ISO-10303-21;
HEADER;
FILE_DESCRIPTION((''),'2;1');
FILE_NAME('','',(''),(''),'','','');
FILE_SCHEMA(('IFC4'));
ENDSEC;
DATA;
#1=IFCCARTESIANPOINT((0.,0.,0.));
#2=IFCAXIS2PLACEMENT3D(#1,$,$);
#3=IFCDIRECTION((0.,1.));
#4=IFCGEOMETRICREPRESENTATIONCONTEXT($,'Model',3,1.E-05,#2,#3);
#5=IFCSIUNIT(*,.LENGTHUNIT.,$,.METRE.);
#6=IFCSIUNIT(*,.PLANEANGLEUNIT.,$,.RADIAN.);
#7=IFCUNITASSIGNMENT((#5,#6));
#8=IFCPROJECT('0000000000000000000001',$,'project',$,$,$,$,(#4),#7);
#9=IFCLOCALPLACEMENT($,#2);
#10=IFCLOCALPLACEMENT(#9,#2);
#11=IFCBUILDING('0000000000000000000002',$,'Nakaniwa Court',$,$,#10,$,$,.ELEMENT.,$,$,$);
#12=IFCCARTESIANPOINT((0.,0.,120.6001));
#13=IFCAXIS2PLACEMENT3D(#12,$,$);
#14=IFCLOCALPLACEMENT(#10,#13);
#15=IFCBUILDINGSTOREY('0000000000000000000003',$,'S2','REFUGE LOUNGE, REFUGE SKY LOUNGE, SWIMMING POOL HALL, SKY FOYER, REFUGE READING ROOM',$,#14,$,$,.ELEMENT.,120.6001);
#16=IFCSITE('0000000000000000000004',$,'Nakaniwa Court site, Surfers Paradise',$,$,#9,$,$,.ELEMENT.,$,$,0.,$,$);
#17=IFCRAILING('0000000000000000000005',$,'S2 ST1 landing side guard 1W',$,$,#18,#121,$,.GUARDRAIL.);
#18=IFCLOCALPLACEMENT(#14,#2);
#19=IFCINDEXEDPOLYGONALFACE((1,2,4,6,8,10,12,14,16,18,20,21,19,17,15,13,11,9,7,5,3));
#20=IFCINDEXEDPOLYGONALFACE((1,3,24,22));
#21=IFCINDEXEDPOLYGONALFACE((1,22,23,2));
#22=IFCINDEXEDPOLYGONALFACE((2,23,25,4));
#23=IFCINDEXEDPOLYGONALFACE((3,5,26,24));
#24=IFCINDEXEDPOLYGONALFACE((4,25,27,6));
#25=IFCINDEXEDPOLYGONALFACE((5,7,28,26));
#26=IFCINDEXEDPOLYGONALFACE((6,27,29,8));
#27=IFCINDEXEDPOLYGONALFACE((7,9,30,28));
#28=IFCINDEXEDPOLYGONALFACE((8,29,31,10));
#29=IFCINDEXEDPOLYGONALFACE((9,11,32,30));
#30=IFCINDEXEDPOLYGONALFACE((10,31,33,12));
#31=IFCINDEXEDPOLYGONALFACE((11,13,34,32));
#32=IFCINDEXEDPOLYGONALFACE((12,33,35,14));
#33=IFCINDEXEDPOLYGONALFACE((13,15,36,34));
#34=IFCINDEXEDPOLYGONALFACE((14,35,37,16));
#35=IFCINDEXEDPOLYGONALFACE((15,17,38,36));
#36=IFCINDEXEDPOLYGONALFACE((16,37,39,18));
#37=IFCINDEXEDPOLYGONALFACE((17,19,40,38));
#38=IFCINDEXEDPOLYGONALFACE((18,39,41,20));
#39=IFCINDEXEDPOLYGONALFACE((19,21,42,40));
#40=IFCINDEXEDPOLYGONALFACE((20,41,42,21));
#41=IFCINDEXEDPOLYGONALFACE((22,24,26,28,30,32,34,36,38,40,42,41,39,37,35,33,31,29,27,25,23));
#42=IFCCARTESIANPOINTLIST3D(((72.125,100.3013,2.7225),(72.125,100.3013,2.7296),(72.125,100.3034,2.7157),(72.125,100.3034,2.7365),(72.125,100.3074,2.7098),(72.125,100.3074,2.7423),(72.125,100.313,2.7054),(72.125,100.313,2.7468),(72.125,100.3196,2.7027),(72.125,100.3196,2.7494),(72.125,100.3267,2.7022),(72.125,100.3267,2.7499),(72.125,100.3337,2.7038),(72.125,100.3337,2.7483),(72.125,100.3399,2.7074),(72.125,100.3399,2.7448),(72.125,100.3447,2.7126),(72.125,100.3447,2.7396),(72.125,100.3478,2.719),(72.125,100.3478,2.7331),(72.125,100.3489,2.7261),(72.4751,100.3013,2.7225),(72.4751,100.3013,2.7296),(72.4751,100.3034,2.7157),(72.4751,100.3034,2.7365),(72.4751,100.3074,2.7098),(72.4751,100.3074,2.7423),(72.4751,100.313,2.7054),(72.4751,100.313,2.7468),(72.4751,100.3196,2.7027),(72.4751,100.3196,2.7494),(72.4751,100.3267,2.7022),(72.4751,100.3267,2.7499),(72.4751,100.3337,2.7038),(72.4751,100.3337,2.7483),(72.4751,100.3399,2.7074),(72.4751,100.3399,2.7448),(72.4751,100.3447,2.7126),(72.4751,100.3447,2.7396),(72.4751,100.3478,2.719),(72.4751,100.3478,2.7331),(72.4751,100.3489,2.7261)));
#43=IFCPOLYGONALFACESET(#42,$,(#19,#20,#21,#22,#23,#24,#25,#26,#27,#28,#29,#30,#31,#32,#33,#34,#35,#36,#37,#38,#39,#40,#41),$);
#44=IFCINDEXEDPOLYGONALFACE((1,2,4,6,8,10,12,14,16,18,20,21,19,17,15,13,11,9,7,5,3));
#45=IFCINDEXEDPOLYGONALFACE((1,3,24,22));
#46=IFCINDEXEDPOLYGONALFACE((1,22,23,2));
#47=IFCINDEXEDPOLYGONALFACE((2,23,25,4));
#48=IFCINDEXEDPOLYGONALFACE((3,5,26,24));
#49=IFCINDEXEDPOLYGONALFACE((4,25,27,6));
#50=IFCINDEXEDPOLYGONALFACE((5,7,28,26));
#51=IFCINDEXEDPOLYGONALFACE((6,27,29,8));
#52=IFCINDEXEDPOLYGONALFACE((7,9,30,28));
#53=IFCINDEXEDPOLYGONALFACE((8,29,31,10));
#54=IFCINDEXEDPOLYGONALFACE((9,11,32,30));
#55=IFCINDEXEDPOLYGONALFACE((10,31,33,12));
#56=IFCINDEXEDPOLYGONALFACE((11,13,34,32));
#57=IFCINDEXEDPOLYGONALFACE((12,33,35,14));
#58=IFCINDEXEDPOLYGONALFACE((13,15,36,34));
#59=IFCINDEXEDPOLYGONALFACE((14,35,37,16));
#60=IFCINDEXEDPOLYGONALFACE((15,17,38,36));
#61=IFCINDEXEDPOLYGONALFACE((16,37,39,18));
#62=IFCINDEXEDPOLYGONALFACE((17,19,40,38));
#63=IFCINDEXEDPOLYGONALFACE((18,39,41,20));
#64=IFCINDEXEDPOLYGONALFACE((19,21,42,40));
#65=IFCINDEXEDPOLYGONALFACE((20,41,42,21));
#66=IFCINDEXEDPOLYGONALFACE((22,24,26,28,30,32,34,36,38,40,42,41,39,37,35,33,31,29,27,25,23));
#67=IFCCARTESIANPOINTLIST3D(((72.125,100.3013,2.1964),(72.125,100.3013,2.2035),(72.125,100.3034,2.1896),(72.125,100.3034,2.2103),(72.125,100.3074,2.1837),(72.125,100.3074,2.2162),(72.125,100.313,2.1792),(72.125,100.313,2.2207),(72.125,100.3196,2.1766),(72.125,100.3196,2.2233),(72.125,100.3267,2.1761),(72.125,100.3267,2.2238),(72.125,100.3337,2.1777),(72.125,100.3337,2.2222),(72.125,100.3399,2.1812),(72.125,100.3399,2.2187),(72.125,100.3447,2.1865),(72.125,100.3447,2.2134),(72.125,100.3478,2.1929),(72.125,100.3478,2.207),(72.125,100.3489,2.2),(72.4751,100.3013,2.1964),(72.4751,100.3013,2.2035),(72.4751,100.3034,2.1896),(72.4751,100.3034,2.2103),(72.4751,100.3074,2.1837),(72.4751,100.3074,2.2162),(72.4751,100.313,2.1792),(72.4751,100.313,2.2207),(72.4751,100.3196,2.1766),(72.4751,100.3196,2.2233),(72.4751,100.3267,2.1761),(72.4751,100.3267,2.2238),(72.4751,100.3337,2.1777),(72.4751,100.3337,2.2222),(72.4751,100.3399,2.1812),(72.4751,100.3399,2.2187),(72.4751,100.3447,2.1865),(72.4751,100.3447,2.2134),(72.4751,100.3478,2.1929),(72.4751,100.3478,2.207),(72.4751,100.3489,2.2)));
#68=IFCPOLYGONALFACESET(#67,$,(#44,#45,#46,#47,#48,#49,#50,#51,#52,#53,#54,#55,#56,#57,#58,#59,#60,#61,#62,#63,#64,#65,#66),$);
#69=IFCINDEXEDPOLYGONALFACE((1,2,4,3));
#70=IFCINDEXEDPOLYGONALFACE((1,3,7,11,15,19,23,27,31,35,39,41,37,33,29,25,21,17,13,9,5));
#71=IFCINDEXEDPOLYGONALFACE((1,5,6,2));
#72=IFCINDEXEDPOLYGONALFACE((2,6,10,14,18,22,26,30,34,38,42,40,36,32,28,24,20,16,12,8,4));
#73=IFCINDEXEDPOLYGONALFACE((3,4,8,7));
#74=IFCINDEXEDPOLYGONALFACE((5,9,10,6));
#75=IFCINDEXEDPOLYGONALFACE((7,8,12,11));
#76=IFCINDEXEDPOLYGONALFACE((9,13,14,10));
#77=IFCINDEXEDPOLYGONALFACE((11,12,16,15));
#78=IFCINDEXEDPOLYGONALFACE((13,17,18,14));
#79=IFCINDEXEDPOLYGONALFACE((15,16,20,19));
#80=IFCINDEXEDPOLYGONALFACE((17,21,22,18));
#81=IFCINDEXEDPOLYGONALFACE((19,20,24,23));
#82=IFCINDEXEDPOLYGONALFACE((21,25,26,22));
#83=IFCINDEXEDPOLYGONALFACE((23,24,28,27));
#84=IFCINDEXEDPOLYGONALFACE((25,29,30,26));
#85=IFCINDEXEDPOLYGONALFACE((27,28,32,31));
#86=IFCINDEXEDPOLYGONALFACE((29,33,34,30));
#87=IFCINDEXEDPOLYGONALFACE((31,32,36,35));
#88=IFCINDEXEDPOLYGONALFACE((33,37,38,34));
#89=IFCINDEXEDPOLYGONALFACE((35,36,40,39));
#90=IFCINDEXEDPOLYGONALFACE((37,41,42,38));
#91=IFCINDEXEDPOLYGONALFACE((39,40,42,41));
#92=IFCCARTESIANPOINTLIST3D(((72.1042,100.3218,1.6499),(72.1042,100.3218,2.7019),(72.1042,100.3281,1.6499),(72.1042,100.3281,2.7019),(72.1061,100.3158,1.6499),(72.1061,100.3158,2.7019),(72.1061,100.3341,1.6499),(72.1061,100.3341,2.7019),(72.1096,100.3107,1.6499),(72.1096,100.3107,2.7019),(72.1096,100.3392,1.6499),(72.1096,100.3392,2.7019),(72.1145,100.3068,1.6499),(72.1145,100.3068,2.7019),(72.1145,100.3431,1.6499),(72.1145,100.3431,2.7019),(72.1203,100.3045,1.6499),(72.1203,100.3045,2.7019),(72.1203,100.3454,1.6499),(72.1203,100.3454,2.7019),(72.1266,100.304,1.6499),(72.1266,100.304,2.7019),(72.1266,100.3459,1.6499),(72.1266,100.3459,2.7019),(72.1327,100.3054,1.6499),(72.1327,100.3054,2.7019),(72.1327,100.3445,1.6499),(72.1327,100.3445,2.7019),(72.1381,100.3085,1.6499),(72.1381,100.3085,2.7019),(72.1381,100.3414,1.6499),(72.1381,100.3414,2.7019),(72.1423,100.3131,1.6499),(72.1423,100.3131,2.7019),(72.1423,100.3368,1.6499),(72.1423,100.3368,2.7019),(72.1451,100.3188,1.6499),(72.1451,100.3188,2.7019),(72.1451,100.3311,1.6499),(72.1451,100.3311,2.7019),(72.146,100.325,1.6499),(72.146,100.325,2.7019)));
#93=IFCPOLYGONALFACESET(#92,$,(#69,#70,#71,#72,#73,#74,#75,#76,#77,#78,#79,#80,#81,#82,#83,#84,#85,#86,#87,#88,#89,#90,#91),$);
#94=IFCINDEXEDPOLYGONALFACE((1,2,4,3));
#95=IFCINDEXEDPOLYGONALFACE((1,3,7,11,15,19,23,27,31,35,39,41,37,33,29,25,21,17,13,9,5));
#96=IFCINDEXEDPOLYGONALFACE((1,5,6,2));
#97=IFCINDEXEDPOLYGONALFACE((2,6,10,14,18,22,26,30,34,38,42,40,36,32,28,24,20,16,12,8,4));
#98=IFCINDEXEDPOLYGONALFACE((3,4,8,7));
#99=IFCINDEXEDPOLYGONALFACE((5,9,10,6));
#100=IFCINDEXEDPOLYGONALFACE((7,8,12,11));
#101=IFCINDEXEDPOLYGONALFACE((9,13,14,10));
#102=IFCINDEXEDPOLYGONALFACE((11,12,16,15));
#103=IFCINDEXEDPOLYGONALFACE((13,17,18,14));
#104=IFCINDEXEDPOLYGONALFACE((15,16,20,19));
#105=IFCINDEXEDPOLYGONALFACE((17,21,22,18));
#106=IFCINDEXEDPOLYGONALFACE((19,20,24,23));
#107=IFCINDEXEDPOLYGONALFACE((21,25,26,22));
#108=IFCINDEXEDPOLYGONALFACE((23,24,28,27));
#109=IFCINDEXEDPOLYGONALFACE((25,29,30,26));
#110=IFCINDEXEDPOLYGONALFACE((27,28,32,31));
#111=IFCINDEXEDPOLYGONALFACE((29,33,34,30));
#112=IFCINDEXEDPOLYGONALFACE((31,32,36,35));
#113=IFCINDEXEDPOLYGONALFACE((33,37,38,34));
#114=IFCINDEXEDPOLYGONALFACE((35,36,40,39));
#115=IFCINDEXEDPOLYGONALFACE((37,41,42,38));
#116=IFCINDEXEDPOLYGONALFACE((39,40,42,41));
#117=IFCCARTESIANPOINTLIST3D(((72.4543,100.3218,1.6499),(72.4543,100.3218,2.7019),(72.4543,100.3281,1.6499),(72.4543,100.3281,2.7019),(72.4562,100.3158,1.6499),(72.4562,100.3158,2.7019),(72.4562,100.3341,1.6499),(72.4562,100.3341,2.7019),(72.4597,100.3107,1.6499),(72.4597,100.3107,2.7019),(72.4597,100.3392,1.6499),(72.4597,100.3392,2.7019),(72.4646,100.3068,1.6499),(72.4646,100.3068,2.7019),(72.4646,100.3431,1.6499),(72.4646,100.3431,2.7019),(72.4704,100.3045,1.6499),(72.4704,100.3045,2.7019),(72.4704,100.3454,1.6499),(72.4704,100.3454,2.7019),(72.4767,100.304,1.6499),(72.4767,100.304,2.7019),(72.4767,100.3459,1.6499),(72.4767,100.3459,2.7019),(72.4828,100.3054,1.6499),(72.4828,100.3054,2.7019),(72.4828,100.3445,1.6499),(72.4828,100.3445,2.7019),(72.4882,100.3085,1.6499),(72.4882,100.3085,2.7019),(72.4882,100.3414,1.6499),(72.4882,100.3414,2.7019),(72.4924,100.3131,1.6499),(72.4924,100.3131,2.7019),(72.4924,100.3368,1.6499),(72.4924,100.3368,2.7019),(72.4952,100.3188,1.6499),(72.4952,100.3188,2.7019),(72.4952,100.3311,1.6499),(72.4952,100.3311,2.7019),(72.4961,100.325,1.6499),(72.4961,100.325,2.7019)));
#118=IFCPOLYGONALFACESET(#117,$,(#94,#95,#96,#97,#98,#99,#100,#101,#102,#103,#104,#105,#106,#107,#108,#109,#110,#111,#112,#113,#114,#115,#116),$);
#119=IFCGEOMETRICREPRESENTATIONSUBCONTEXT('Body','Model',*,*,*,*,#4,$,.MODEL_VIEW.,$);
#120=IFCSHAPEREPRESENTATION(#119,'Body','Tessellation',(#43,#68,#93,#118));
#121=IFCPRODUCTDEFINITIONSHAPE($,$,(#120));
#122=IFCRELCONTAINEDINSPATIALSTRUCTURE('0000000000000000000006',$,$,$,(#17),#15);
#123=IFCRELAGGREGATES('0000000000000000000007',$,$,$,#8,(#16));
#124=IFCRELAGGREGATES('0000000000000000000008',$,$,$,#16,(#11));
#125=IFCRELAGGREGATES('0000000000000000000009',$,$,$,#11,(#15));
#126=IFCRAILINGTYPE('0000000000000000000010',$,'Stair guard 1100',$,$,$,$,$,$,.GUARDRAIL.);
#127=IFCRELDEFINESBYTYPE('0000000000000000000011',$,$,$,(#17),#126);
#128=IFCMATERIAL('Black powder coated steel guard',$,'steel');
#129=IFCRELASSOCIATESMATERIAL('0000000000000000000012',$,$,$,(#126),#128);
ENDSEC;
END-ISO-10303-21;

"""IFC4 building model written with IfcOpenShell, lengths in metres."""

from ifc_helpers import new_model, si_unit, direction, frame, origin, origin_2d, place, context, subcontext, project, spatial, circle, extrude, material, type_object, element, save


model = new_model("IFC4")

# Units and contexts
model_context = context("Model", 3, precision=1e-05, world=origin(), true_north=direction((0.0, 1.0)))
body_context = subcontext(model_context, "Body", "Model", "MODEL_VIEW")
ifc_project = project(units=[si_unit("LENGTHUNIT", "METRE"), si_unit("PLANEANGLEUNIT", "RADIAN")], contexts=[model_context])

# Site, building, storey
site_placement = place(None, origin())
site = spatial("IfcSite", under=ifc_project, at=site_placement, Name="Nakaniwa Court site, Surfers Paradise", CompositionType="ELEMENT", RefElevation=0.0)
building_placement = place(site_placement, origin())
building = spatial("IfcBuilding", under=site, at=building_placement, Name="Nakaniwa Court", CompositionType="ELEMENT")
storey_placement = place(building_placement, frame((0.0, 0.0, 120.6001)))
storey = spatial("IfcBuildingStorey", under=building, at=storey_placement, Name="S2", Description="REFUGE LOUNGE, REFUGE SKY LOUNGE, SWIMMING POOL HALL, SKY FOYER, REFUGE READING ROOM", CompositionType="ELEMENT", Elevation=120.6001)

# Railing
ifc_material_1 = material(Name="Black powder coated steel guard", Category="steel")
railing_type_1 = type_object("IfcRailingType", Name="Stair guard 1100", PredefinedType="GUARDRAIL", material=ifc_material_1)
for number, where, name in (
    (1, (72.125, 100.325, 1.6499), "S2 ST1 landing side guard 1W"),
):
    element("IfcRailing", number, at=place(storey_placement, frame(where)), inside=storey, type_object=railing_type_1, Name=name, PredefinedType="GUARDRAIL", context=body_context, shape_type="SweptSolid", body=[
        extrude(circle(Radius=0.0239, at=origin_2d()), frame((0.0, 0.0, 1.0762), z_axis=(1.0, 0.0, 0.0), x_axis=(0.0, 1.0, 0.0)), (0.0, 0.0, 1.0), 0.3501),
        extrude(circle(Radius=0.0239, at=origin_2d()), frame((0.0, 0.0, 0.55), z_axis=(1.0, 0.0, 0.0), x_axis=(0.0, 1.0, 0.0)), (0.0, 0.0, 1.0), 0.3501),
        extrude(circle(Radius=0.021, at=origin_2d()), origin(), (0.0, 0.0, 1.0), 1.052),
        extrude(circle(Radius=0.021, at=origin_2d()), frame((0.3501, 0.0, 0.0)), (0.0, 0.0, 1.0), 1.052),
    ])

save(model, "model.ifc")
